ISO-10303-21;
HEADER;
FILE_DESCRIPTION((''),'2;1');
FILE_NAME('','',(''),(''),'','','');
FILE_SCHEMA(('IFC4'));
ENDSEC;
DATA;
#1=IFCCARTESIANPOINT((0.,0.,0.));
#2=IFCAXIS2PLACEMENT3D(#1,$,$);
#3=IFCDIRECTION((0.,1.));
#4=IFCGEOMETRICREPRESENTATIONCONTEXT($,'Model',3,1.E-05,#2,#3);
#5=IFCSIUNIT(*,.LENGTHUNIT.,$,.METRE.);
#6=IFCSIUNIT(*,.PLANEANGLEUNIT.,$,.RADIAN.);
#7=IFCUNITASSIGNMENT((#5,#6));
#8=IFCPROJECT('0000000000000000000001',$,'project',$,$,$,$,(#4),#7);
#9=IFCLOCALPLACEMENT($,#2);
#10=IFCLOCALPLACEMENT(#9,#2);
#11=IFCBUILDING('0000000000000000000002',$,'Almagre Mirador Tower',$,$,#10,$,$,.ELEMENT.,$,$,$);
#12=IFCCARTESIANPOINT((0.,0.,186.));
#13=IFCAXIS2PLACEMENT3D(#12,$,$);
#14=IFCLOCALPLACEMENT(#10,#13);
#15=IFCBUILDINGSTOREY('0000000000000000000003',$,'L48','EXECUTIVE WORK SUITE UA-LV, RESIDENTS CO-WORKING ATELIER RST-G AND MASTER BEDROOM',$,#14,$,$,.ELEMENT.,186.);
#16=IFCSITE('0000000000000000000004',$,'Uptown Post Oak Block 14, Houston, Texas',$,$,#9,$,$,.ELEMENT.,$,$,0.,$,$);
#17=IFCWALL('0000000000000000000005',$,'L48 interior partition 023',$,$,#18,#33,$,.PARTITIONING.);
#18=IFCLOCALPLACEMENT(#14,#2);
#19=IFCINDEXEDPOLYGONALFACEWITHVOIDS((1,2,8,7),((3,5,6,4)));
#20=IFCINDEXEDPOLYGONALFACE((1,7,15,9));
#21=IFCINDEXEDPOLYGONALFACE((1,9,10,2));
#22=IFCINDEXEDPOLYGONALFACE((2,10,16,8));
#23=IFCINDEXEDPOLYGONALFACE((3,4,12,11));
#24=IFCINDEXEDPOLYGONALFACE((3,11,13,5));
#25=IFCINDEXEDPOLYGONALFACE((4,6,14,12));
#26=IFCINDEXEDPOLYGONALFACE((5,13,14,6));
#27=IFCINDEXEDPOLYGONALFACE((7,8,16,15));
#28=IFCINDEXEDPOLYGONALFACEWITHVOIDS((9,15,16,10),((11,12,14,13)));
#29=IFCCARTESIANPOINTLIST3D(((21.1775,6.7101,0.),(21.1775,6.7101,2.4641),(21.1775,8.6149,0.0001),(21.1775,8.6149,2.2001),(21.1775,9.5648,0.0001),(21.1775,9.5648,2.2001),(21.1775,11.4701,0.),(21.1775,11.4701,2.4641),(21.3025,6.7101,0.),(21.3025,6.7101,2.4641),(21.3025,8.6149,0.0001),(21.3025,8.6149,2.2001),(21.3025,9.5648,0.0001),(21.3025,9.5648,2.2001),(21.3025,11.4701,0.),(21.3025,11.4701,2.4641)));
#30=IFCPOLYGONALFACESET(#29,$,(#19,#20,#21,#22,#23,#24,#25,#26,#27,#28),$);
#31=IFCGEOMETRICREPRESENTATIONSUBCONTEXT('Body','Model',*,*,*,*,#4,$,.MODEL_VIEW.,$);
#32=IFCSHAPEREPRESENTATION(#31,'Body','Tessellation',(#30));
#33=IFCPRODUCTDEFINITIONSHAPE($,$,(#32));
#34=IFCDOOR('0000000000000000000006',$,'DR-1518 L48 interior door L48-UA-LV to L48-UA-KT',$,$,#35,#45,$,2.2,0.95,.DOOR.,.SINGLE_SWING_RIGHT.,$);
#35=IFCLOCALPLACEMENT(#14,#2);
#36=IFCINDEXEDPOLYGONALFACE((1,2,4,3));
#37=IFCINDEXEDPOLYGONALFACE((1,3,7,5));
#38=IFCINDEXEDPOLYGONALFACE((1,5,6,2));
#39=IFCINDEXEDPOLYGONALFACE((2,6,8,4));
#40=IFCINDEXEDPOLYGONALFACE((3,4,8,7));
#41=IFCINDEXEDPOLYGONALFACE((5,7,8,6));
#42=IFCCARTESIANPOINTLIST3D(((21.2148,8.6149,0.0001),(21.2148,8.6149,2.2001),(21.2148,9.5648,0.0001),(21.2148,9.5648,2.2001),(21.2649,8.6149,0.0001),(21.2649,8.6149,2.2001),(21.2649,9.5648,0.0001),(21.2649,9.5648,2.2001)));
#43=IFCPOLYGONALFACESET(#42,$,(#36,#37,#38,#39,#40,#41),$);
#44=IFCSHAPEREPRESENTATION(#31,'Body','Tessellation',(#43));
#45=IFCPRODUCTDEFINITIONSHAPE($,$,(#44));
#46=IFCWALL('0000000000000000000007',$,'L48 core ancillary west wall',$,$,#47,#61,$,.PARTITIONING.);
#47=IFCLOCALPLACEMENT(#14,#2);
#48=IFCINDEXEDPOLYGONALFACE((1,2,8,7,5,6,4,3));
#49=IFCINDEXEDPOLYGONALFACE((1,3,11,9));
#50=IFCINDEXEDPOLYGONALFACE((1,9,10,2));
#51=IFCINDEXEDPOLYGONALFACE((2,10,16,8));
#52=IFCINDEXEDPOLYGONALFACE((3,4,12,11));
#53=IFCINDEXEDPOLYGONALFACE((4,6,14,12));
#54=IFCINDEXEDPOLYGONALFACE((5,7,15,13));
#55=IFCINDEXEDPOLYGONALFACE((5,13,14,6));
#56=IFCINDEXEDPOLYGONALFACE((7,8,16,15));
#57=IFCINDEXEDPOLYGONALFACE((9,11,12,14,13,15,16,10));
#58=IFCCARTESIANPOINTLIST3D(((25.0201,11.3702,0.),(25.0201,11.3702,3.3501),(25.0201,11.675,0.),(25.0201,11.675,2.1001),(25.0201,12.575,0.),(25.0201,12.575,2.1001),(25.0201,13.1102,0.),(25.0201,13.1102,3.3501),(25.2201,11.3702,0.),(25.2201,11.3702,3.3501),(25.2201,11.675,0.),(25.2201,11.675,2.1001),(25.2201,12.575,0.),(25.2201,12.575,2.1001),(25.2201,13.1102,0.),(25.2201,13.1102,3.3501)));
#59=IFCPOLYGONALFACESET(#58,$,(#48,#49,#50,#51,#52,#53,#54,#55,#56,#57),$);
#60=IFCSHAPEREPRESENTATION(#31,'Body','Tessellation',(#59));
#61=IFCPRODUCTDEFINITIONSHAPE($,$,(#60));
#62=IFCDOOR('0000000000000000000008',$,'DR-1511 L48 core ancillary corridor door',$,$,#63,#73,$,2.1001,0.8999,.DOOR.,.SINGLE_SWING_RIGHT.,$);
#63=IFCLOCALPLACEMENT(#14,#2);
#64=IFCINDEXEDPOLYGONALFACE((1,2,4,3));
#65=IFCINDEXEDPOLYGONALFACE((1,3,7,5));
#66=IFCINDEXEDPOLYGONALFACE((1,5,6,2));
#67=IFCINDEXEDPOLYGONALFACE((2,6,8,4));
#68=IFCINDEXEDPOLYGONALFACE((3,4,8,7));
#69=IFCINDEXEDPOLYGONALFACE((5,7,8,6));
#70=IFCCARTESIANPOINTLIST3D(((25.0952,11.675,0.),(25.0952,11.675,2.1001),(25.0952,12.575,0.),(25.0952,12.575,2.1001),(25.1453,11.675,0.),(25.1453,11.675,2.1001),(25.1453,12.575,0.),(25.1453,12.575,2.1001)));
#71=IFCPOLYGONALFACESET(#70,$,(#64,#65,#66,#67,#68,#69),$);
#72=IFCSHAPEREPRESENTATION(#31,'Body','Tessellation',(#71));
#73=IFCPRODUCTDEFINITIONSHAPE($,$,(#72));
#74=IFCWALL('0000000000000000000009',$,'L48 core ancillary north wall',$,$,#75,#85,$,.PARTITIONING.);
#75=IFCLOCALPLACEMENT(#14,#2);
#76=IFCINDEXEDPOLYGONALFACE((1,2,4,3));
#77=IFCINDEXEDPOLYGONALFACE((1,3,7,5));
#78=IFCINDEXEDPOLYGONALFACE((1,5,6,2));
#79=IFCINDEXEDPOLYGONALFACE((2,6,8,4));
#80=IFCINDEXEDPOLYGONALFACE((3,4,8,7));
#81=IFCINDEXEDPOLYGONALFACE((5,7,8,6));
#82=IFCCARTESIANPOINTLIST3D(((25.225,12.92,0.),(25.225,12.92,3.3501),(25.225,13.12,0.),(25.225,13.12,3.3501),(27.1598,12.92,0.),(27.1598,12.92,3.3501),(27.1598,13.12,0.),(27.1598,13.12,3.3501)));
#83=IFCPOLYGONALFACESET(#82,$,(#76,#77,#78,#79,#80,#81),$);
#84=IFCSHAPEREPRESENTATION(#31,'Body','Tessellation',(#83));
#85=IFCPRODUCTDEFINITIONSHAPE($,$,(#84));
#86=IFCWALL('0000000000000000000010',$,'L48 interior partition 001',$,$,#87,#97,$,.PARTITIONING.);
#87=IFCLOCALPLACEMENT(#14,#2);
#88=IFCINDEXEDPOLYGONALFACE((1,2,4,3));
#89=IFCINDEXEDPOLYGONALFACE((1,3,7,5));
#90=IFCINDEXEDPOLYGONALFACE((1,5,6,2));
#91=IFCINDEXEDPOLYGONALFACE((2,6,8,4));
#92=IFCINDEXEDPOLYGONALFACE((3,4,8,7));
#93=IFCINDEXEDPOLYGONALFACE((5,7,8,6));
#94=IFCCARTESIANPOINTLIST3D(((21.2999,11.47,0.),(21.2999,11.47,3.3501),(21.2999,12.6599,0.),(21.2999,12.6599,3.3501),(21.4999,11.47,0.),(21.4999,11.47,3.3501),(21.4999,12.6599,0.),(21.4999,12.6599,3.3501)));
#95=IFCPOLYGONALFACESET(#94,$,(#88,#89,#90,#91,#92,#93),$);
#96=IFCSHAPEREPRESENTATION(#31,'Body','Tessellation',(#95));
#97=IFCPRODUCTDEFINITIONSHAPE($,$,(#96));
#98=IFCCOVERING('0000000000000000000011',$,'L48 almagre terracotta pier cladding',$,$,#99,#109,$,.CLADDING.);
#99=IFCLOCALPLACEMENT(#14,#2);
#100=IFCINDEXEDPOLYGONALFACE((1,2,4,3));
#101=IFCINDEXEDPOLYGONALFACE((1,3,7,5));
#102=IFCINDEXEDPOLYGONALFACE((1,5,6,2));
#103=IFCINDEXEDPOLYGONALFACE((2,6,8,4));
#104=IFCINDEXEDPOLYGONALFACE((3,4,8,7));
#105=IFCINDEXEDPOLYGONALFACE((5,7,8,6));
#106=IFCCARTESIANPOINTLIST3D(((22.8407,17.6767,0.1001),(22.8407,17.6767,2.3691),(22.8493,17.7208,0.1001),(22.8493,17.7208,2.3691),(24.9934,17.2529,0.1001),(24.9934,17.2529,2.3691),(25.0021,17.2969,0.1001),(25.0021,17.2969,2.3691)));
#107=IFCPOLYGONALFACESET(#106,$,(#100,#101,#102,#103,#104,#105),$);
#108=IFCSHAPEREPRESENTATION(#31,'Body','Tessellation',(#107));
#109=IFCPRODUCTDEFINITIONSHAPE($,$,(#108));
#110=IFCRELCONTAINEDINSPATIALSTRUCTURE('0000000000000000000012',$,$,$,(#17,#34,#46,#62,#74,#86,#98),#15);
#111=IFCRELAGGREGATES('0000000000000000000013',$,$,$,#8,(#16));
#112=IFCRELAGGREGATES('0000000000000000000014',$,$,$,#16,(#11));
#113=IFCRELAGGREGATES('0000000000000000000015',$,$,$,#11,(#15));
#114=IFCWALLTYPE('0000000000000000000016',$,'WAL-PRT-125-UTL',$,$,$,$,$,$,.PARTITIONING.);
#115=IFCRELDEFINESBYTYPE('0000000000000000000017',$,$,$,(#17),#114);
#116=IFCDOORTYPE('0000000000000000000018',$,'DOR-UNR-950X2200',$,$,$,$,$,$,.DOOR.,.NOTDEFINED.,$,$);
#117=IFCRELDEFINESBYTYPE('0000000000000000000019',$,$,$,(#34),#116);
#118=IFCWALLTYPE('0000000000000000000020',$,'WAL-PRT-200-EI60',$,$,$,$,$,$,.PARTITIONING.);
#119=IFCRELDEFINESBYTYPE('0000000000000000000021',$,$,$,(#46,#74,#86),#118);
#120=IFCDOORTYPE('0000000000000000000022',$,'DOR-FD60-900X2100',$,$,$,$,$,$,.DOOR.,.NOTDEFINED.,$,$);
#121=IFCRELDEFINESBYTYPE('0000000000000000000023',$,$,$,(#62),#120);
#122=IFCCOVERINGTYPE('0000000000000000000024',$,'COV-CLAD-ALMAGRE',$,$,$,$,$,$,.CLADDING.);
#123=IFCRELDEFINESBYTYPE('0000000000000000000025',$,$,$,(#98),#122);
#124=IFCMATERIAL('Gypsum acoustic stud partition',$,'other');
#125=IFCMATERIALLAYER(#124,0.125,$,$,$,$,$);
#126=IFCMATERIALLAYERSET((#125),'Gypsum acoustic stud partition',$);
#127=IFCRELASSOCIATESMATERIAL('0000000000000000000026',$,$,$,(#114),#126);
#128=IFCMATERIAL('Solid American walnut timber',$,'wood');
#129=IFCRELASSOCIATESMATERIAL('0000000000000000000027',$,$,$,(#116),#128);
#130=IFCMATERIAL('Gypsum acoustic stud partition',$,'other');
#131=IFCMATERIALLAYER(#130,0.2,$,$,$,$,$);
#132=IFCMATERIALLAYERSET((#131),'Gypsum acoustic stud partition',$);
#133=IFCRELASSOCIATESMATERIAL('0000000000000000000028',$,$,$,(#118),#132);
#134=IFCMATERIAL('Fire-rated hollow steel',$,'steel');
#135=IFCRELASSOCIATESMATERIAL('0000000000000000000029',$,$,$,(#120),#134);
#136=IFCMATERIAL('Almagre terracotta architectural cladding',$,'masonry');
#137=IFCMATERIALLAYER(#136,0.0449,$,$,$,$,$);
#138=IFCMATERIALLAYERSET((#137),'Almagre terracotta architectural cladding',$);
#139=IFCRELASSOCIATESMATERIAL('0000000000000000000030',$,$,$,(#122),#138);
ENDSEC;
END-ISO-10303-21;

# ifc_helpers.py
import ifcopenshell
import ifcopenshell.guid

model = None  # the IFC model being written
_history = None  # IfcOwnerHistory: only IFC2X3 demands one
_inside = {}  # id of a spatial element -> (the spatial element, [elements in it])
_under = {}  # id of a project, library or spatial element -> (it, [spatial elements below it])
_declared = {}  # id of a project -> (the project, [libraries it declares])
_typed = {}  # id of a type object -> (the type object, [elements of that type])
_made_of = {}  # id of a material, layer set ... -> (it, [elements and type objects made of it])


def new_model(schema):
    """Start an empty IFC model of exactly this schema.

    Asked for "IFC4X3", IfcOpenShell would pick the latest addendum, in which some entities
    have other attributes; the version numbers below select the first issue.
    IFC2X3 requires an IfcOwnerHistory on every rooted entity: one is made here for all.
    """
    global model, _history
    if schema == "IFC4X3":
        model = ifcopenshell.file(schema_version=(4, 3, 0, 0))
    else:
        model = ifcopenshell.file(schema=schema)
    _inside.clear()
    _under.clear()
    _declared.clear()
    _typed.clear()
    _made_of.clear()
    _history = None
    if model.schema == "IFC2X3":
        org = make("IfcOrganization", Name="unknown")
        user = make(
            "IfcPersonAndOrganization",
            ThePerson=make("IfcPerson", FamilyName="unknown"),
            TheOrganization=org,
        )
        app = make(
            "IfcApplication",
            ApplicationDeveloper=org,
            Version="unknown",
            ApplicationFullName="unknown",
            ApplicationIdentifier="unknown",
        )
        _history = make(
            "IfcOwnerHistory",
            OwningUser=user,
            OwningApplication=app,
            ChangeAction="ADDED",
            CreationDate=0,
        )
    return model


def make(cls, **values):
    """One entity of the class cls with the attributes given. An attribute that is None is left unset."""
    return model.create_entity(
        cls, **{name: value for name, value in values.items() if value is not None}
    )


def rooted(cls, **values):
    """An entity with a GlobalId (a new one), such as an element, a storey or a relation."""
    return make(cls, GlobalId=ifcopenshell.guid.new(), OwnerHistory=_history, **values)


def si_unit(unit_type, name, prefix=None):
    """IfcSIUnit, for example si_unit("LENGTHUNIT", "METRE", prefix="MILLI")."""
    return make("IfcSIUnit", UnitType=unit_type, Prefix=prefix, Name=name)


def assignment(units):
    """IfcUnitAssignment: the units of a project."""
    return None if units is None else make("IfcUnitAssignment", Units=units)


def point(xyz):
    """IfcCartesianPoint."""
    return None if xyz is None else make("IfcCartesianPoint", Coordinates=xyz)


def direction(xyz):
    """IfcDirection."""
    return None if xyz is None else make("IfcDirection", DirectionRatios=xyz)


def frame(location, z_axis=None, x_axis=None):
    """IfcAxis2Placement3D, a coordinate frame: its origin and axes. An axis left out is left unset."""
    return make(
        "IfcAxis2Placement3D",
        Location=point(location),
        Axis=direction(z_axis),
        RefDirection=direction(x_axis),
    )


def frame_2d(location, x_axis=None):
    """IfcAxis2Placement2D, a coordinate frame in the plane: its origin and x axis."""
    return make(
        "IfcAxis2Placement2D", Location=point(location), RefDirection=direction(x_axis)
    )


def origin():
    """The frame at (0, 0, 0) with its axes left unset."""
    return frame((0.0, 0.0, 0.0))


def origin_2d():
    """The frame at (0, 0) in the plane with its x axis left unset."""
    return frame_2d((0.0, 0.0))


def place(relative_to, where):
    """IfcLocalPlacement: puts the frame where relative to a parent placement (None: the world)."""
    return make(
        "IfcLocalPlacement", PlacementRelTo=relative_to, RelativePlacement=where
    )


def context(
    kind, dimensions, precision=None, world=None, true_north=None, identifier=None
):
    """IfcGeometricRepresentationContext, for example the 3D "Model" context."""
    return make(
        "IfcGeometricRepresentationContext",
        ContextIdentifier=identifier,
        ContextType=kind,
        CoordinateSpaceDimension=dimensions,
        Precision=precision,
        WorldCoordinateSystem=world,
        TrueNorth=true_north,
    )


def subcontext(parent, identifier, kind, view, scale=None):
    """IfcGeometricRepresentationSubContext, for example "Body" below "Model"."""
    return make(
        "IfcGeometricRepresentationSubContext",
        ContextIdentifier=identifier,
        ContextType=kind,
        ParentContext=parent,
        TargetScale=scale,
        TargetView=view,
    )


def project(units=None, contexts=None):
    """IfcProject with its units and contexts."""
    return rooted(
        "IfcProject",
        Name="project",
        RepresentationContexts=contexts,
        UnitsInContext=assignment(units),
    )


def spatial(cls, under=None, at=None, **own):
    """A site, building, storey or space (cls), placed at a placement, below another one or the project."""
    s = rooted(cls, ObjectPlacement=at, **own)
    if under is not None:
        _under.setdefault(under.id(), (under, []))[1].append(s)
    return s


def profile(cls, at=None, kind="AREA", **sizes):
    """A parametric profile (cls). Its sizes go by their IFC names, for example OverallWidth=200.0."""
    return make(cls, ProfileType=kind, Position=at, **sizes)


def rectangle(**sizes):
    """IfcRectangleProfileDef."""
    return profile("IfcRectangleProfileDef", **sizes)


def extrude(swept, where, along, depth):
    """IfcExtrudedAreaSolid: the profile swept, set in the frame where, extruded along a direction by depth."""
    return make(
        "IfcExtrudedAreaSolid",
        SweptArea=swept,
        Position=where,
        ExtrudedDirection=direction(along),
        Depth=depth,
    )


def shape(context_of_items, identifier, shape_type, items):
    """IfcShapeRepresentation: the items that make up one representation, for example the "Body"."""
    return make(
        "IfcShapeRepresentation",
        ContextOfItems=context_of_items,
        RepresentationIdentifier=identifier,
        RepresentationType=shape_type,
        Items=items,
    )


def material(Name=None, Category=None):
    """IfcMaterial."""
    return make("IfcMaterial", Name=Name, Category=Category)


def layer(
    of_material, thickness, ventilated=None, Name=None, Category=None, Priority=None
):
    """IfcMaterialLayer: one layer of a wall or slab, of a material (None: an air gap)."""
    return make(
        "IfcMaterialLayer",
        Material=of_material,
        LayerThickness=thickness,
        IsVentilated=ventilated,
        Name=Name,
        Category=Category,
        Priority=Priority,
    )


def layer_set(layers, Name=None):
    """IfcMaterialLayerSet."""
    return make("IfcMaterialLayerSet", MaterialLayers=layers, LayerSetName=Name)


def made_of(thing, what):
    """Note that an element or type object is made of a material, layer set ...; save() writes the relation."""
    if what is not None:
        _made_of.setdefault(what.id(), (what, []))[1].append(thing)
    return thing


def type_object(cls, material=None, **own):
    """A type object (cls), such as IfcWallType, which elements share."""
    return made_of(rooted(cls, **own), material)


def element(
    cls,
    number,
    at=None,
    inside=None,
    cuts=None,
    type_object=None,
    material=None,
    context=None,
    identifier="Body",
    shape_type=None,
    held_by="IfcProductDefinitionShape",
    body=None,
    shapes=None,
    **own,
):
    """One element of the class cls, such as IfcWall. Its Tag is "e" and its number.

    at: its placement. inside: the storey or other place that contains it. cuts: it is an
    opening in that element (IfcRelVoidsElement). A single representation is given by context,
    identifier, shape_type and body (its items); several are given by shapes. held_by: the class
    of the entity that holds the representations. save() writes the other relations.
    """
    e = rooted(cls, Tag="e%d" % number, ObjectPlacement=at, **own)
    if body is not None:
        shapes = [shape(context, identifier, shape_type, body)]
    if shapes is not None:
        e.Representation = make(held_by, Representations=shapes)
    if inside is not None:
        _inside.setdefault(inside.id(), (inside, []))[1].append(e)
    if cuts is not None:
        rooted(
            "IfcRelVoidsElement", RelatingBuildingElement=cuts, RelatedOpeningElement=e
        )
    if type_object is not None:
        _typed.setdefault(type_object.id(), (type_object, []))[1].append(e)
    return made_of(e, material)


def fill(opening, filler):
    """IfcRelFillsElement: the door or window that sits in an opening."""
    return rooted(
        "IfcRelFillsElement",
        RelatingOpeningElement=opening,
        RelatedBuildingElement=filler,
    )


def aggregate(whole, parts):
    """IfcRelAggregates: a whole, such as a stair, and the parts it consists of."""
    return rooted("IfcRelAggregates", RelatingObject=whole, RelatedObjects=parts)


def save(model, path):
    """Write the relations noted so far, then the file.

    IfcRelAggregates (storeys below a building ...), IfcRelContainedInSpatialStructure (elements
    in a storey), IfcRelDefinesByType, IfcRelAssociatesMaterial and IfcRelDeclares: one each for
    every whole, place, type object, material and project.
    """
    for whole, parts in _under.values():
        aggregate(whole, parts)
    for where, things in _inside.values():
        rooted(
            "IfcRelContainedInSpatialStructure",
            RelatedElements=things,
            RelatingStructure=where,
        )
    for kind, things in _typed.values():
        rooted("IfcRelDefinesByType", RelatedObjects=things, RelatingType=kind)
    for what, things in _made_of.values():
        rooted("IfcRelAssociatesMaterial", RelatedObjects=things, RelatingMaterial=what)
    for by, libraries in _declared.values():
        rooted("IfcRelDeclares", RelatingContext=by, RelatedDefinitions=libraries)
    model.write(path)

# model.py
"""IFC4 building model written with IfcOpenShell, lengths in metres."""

from ifc_helpers import new_model, si_unit, direction, frame, frame_2d, origin, origin_2d, place, context, subcontext, project, spatial, rectangle, extrude, material, layer, layer_set, type_object, element, fill, save


model = new_model("IFC4")

# Units and contexts
model_context = context("Model", 3, precision=1e-05, world=origin(), true_north=direction((0.0, 1.0)))
body_context = subcontext(model_context, "Body", "Model", "MODEL_VIEW")
ifc_project = project(units=[si_unit("LENGTHUNIT", "METRE"), si_unit("PLANEANGLEUNIT", "RADIAN")], contexts=[model_context])

# Site, building, storey
site_placement = place(None, origin())
site = spatial("IfcSite", under=ifc_project, at=site_placement, Name="Uptown Post Oak Block 14, Houston, Texas", CompositionType="ELEMENT", RefElevation=0.0)
building_placement = place(site_placement, origin())
building = spatial("IfcBuilding", under=site, at=building_placement, Name="Almagre Mirador Tower", CompositionType="ELEMENT")
storey_placement = place(building_placement, frame((0.0, 0.0, 186.0)))
storey = spatial("IfcBuildingStorey", under=building, at=storey_placement, Name="L48", Description="EXECUTIVE WORK SUITE UA-LV, RESIDENTS CO-WORKING ATELIER RST-G AND MASTER BEDROOM", CompositionType="ELEMENT", Elevation=186.0)

# Walls, openings, doors
ifc_material_1 = material(Name="Gypsum acoustic stud partition", Category="other")
ifc_layer_1 = layer(ifc_material_1, 0.125)
ifc_layer_set_1 = layer_set([ifc_layer_1], Name="Gypsum acoustic stud partition")
wall_type_1 = type_object("IfcWallType", Name="WAL-PRT-125-UTL", PredefinedType="PARTITIONING", material=ifc_layer_set_1)
wall_1_placement = place(storey_placement, frame((21.24, 11.47, 0.0), z_axis=(0.0, 0.0, 1.0), x_axis=(0.0, -1.0, 0.0)))
wall_1 = element("IfcWall", 1, at=wall_1_placement, inside=storey, type_object=wall_type_1, Name="L48 interior partition 023", PredefinedType="PARTITIONING", context=body_context, shape_type="SweptSolid", body=[
    extrude(rectangle(XDim=4.76, YDim=0.125, at=frame_2d((2.3799, 0.0))), origin(), (0.0, 0.0, 1.0), 2.4641),
])
opening_1_placement = place(wall_1_placement, frame((1.905, 0.0, 0.0)))
opening_1 = element("IfcOpeningElement", 2, at=opening_1_placement, cuts=wall_1, PredefinedType="OPENING", context=body_context, shape_type="SweptSolid", body=[
    extrude(rectangle(XDim=0.95, YDim=2.2, at=frame_2d((0.4751, 1.1001))), frame((0.0, 0.0725, 0.0), z_axis=(0.0, -1.0, 0.0), x_axis=(1.0, 0.0, 0.0)), (0.0, 0.0, 1.0), 0.145),
])
ifc_material_2 = material(Name="Solid American walnut timber", Category="wood")
door_type_1 = type_object("IfcDoorType", Name="DOR-UNR-950X2200", OperationType="NOTDEFINED", PredefinedType="DOOR", material=ifc_material_2)
door_1_placement = place(opening_1_placement, origin())
door_1 = element("IfcDoor", 3, at=door_1_placement, inside=storey, type_object=door_type_1, Name="DR-1518 L48 interior door L48-UA-LV to L48-UA-KT", OperationType="SINGLE_SWING_RIGHT", OverallHeight=2.2, OverallWidth=0.95, PredefinedType="DOOR", context=body_context, shape_type="SweptSolid", body=[
    extrude(rectangle(XDim=0.95, YDim=2.2, at=frame_2d((0.4751, 1.1001))), frame((0.0, 0.0249, 0.0), z_axis=(0.0, -1.0, 0.0), x_axis=(1.0, 0.0, 0.0)), (0.0, 0.0, 1.0), 0.05),
])
fill(opening_1, door_1)
ifc_material_3 = material(Name="Gypsum acoustic stud partition", Category="other")
ifc_layer_2 = layer(ifc_material_3, 0.2)
ifc_layer_set_2 = layer_set([ifc_layer_2], Name="Gypsum acoustic stud partition")
wall_type_2 = type_object("IfcWallType", Name="WAL-PRT-200-EI60", PredefinedType="PARTITIONING", material=ifc_layer_set_2)
wall_2_placement = place(storey_placement, frame((25.1201, 11.3701, 0.0), z_axis=(0.0, 0.0, 1.0), x_axis=(0.0, 1.0, 0.0)))
wall_2 = element("IfcWall", 4, at=wall_2_placement, inside=storey, type_object=wall_type_2, Name="L48 core ancillary west wall", PredefinedType="PARTITIONING", context=body_context, shape_type="SweptSolid", body=[
    extrude(rectangle(XDim=1.74, YDim=0.2, at=frame_2d((0.8701, 0.0))), origin(), (0.0, 0.0, 1.0), 3.3501),
])
opening_2_placement = place(wall_2_placement, frame((0.3049, 0.0, 0.0)))
opening_2 = element("IfcOpeningElement", 5, at=opening_2_placement, cuts=wall_2, PredefinedType="OPENING", context=body_context, shape_type="SweptSolid", body=[
    extrude(rectangle(XDim=0.8999, YDim=2.1001, at=frame_2d((0.45, 1.05))), frame((0.0, 0.1101, 0.0), z_axis=(0.0, -1.0, 0.0), x_axis=(1.0, 0.0, 0.0)), (0.0, 0.0, 1.0), 0.22),
])
ifc_material_4 = material(Name="Fire-rated hollow steel", Category="steel")
door_type_2 = type_object("IfcDoorType", Name="DOR-FD60-900X2100", OperationType="NOTDEFINED", PredefinedType="DOOR", material=ifc_material_4)
door_2_placement = place(opening_2_placement, origin())
door_2 = element("IfcDoor", 6, at=door_2_placement, inside=storey, type_object=door_type_2, Name="DR-1511 L48 core ancillary corridor door", OperationType="SINGLE_SWING_RIGHT", OverallHeight=2.1001, OverallWidth=0.8999, PredefinedType="DOOR", context=body_context, shape_type="SweptSolid", body=[
    extrude(rectangle(XDim=0.8999, YDim=2.1001, at=frame_2d((0.45, 1.05))), frame((0.0, 0.0249, 0.0), z_axis=(0.0, -1.0, 0.0), x_axis=(1.0, 0.0, 0.0)), (0.0, 0.0, 1.0), 0.05),
])
fill(opening_2, door_2)

# Walls
wall_3_placement = place(storey_placement, frame((25.2251, 13.02, 0.0), z_axis=(0.0, 0.0, 1.0), x_axis=(1.0, 0.0, 0.0)))
element("IfcWall", 7, at=wall_3_placement, inside=storey, type_object=wall_type_2, Name="L48 core ancillary north wall", PredefinedType="PARTITIONING", context=body_context, shape_type="SweptSolid", body=[
    extrude(rectangle(XDim=1.9348, YDim=0.2, at=frame_2d((0.9673, 0.0))), origin(), (0.0, 0.0, 1.0), 3.3501),
])
wall_4_placement = place(storey_placement, frame((21.3999, 12.6599, 0.0), z_axis=(0.0, 0.0, 1.0), x_axis=(0.0, -1.0, 0.0)))
element("IfcWall", 8, at=wall_4_placement, inside=storey, type_object=wall_type_2, Name="L48 interior partition 001", PredefinedType="PARTITIONING", context=body_context, shape_type="SweptSolid", body=[
    extrude(rectangle(XDim=1.1899, YDim=0.2, at=frame_2d((0.595, 0.0))), origin(), (0.0, 0.0, 1.0), 3.3501),
])

# Covering
ifc_material_5 = material(Name="Almagre terracotta architectural cladding", Category="masonry")
ifc_layer_3 = layer(ifc_material_5, 0.0449)
ifc_layer_set_3 = layer_set([ifc_layer_3], Name="Almagre terracotta architectural cladding")
covering_type = type_object("IfcCoveringType", Name="COV-CLAD-ALMAGRE", PredefinedType="CLADDING", material=ifc_layer_set_3)
covering_placement = place(storey_placement, frame((23.9214, 17.4868, 0.1001), z_axis=(0.0, 0.0, 1.0), x_axis=(0.981165, -0.193173, 0.0)))
element("IfcCovering", 9, at=covering_placement, inside=storey, type_object=covering_type, Name="L48 almagre terracotta pier cladding", PredefinedType="CLADDING", context=body_context, shape_type="SweptSolid", body=[
    extrude(rectangle(XDim=2.1941, YDim=0.0449, at=origin_2d()), origin(), (0.0, 0.0, 1.0), 2.269),
])

save(model, "model.ifc")
